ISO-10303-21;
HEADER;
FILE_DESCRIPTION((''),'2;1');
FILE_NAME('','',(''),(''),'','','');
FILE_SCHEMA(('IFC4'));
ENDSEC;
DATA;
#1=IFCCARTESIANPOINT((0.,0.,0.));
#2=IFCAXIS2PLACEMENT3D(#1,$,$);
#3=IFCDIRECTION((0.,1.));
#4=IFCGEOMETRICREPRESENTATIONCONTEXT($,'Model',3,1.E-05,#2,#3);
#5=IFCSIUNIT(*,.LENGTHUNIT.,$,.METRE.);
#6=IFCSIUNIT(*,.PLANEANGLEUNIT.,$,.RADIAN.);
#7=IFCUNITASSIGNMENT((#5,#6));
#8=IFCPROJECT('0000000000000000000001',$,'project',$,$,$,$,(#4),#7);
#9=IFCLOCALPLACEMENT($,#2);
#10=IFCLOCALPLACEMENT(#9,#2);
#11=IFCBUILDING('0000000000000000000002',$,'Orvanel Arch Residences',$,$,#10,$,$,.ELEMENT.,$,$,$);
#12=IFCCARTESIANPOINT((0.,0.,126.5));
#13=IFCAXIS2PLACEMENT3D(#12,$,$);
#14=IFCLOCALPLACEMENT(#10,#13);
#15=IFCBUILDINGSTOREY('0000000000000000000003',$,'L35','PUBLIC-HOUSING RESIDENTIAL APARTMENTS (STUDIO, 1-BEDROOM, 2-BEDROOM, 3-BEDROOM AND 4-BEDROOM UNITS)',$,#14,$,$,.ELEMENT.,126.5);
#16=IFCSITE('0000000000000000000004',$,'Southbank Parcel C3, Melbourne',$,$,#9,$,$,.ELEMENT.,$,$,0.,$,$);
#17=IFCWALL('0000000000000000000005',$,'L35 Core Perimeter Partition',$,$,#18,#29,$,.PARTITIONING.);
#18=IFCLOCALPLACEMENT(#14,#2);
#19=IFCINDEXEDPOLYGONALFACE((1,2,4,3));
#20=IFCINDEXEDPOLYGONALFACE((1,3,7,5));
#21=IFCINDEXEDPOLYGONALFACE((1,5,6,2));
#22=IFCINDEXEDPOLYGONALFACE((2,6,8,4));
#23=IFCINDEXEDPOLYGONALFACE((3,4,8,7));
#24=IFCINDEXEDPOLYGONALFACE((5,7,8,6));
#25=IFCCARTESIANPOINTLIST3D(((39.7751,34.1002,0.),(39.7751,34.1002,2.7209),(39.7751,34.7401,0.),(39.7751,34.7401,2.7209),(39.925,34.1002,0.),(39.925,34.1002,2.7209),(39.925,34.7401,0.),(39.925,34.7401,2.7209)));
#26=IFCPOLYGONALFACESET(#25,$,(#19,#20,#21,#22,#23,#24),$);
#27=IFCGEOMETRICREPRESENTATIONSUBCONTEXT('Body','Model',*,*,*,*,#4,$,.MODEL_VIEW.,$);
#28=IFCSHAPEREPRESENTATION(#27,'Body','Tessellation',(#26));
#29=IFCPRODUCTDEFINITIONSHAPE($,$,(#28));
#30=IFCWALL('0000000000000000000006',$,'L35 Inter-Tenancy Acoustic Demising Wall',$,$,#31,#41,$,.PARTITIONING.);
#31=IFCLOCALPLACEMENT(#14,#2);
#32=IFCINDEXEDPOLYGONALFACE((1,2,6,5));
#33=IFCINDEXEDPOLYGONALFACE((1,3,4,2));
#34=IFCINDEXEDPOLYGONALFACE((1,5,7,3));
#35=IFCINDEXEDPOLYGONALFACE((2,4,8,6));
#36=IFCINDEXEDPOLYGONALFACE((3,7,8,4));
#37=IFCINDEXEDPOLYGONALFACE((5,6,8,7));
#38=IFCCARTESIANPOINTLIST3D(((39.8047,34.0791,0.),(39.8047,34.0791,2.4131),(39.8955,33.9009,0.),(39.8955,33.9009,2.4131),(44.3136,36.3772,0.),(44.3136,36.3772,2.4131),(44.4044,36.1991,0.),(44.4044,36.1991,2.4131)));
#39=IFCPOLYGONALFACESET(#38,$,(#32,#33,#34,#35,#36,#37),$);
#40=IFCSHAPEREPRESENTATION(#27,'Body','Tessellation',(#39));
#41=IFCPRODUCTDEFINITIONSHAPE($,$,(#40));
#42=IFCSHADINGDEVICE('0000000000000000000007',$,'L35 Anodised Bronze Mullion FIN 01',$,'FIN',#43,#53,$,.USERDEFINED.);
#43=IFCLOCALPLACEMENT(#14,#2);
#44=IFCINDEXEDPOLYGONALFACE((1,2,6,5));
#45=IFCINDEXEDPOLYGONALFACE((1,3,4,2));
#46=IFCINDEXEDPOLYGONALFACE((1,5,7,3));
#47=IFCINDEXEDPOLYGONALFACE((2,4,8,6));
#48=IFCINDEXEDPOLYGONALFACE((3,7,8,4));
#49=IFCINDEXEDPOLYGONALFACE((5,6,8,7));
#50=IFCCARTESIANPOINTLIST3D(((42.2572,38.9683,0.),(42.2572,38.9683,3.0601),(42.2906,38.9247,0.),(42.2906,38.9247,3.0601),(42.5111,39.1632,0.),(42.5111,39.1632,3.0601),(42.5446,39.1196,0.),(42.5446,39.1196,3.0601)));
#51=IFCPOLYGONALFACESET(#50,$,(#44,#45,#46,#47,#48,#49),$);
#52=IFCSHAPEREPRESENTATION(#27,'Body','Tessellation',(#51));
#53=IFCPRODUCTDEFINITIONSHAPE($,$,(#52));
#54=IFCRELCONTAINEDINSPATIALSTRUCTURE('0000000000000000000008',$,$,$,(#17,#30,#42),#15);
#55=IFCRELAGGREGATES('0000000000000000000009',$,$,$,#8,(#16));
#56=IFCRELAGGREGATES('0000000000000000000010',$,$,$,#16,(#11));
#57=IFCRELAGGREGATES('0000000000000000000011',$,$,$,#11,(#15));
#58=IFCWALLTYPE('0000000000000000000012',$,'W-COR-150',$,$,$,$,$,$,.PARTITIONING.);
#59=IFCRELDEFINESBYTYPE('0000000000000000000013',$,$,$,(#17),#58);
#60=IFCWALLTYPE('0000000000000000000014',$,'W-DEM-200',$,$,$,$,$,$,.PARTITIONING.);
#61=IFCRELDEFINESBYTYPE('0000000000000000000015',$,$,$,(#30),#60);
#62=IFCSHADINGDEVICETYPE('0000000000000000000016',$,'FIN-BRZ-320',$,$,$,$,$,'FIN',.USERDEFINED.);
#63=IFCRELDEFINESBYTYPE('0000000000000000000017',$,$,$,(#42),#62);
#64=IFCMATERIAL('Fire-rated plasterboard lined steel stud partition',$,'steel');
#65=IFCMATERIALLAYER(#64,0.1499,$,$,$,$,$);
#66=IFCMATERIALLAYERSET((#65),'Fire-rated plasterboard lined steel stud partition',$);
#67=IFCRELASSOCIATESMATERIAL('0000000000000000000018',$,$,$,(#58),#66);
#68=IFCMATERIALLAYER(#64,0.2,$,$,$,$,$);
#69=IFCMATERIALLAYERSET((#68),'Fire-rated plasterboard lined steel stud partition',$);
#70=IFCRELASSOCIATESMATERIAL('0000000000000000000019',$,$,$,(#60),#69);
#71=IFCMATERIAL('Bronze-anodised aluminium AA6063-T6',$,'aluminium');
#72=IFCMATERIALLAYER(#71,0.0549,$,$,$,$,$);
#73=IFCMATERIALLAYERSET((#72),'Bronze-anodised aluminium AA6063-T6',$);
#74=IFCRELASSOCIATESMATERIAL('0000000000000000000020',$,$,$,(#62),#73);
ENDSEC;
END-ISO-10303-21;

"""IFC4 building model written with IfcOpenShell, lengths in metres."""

from ifc_helpers import new_model, si_unit, direction, frame, frame_2d, origin, origin_2d, place, context, subcontext, project, spatial, rectangle, extrude, material, layer, layer_set, type_object, element, save


model = new_model("IFC4")

# Units and contexts
model_context = context("Model", 3, precision=1e-05, world=origin(), true_north=direction((0.0, 1.0)))
body_context = subcontext(model_context, "Body", "Model", "MODEL_VIEW")
ifc_project = project(units=[si_unit("LENGTHUNIT", "METRE"), si_unit("PLANEANGLEUNIT", "RADIAN")], contexts=[model_context])

# Site, building, storey
site_placement = place(None, origin())
site = spatial("IfcSite", under=ifc_project, at=site_placement, Name="Southbank Parcel C3, Melbourne", CompositionType="ELEMENT", RefElevation=0.0)
building_placement = place(site_placement, origin())
building = spatial("IfcBuilding", under=site, at=building_placement, Name="Orvanel Arch Residences", CompositionType="ELEMENT")
storey_placement = place(building_placement, frame((0.0, 0.0, 126.5)))
storey = spatial("IfcBuildingStorey", under=building, at=storey_placement, Name="L35", Description="PUBLIC-HOUSING RESIDENTIAL APARTMENTS (STUDIO, 1-BEDROOM, 2-BEDROOM, 3-BEDROOM AND 4-BEDROOM UNITS)", CompositionType="ELEMENT", Elevation=126.5)

# Shared definitions
ifc_material_1 = material(Name="Bronze-anodised aluminium AA6063-T6", Category="aluminium")

# Walls
ifc_material_2 = material(Name="Fire-rated plasterboard lined steel stud partition", Category="steel")
ifc_layer_1 = layer(ifc_material_2, 0.1499)
ifc_layer_set_1 = layer_set([ifc_layer_1], Name="Fire-rated plasterboard lined steel stud partition")
wall_type_1 = type_object("IfcWallType", Name="W-COR-150", PredefinedType="PARTITIONING", material=ifc_layer_set_1)
wall_1_placement = place(storey_placement, frame((39.8501, 34.74, 0.0), z_axis=(0.0, 0.0, 1.0), x_axis=(0.0, -1.0, 0.0)))
element("IfcWall", 1, at=wall_1_placement, inside=storey, type_object=wall_type_1, Name="L35 Core Perimeter Partition", PredefinedType="PARTITIONING", context=body_context, shape_type="SweptSolid", body=[
    extrude(rectangle(XDim=0.6399, YDim=0.1499, at=frame_2d((0.3198, 0.0))), origin(), (0.0, 0.0, 1.0), 2.7209),
])
ifc_layer_2 = layer(ifc_material_2, 0.2)
ifc_layer_set_2 = layer_set([ifc_layer_2], Name="Fire-rated plasterboard lined steel stud partition")
wall_type_2 = type_object("IfcWallType", Name="W-DEM-200", PredefinedType="PARTITIONING", material=ifc_layer_set_2)
wall_2_placement = place(storey_placement, frame((44.3589, 36.2881, 0.0), z_axis=(0.0, 0.0, 1.0), x_axis=(-0.890946, -0.454109, 0.0)))
element("IfcWall", 2, at=wall_2_placement, inside=storey, type_object=wall_type_2, Name="L35 Inter-Tenancy Acoustic Demising Wall", PredefinedType="PARTITIONING", context=body_context, shape_type="SweptSolid", body=[
    extrude(rectangle(XDim=5.0608, YDim=0.2, at=frame_2d((2.5303, 0.0))), origin(), (0.0, 0.0, 1.0), 2.4131),
])

# Shading device
ifc_layer_3 = layer(ifc_material_1, 0.0549)
ifc_layer_set_3 = layer_set([ifc_layer_3], Name="Bronze-anodised aluminium AA6063-T6")
shading_device_type = type_object("IfcShadingDeviceType", Name="FIN-BRZ-320", ElementType="FIN", PredefinedType="USERDEFINED", material=ifc_layer_set_3)
shading_device_placement = place(storey_placement, frame((42.4009, 39.0439, 0.0), z_axis=(0.0, 0.0, 1.0), x_axis=(0.793353, 0.608761, 0.0)))
element("IfcShadingDevice", 3, at=shading_device_placement, inside=storey, type_object=shading_device_type, Name="L35 Anodised Bronze Mullion FIN 01", ObjectType="FIN", PredefinedType="USERDEFINED", context=body_context, shape_type="SweptSolid", body=[
    extrude(rectangle(XDim=0.3201, YDim=0.0549, at=origin_2d()), origin(), (0.0, 0.0, 1.0), 3.0601),
])

save(model, "model.ifc")
